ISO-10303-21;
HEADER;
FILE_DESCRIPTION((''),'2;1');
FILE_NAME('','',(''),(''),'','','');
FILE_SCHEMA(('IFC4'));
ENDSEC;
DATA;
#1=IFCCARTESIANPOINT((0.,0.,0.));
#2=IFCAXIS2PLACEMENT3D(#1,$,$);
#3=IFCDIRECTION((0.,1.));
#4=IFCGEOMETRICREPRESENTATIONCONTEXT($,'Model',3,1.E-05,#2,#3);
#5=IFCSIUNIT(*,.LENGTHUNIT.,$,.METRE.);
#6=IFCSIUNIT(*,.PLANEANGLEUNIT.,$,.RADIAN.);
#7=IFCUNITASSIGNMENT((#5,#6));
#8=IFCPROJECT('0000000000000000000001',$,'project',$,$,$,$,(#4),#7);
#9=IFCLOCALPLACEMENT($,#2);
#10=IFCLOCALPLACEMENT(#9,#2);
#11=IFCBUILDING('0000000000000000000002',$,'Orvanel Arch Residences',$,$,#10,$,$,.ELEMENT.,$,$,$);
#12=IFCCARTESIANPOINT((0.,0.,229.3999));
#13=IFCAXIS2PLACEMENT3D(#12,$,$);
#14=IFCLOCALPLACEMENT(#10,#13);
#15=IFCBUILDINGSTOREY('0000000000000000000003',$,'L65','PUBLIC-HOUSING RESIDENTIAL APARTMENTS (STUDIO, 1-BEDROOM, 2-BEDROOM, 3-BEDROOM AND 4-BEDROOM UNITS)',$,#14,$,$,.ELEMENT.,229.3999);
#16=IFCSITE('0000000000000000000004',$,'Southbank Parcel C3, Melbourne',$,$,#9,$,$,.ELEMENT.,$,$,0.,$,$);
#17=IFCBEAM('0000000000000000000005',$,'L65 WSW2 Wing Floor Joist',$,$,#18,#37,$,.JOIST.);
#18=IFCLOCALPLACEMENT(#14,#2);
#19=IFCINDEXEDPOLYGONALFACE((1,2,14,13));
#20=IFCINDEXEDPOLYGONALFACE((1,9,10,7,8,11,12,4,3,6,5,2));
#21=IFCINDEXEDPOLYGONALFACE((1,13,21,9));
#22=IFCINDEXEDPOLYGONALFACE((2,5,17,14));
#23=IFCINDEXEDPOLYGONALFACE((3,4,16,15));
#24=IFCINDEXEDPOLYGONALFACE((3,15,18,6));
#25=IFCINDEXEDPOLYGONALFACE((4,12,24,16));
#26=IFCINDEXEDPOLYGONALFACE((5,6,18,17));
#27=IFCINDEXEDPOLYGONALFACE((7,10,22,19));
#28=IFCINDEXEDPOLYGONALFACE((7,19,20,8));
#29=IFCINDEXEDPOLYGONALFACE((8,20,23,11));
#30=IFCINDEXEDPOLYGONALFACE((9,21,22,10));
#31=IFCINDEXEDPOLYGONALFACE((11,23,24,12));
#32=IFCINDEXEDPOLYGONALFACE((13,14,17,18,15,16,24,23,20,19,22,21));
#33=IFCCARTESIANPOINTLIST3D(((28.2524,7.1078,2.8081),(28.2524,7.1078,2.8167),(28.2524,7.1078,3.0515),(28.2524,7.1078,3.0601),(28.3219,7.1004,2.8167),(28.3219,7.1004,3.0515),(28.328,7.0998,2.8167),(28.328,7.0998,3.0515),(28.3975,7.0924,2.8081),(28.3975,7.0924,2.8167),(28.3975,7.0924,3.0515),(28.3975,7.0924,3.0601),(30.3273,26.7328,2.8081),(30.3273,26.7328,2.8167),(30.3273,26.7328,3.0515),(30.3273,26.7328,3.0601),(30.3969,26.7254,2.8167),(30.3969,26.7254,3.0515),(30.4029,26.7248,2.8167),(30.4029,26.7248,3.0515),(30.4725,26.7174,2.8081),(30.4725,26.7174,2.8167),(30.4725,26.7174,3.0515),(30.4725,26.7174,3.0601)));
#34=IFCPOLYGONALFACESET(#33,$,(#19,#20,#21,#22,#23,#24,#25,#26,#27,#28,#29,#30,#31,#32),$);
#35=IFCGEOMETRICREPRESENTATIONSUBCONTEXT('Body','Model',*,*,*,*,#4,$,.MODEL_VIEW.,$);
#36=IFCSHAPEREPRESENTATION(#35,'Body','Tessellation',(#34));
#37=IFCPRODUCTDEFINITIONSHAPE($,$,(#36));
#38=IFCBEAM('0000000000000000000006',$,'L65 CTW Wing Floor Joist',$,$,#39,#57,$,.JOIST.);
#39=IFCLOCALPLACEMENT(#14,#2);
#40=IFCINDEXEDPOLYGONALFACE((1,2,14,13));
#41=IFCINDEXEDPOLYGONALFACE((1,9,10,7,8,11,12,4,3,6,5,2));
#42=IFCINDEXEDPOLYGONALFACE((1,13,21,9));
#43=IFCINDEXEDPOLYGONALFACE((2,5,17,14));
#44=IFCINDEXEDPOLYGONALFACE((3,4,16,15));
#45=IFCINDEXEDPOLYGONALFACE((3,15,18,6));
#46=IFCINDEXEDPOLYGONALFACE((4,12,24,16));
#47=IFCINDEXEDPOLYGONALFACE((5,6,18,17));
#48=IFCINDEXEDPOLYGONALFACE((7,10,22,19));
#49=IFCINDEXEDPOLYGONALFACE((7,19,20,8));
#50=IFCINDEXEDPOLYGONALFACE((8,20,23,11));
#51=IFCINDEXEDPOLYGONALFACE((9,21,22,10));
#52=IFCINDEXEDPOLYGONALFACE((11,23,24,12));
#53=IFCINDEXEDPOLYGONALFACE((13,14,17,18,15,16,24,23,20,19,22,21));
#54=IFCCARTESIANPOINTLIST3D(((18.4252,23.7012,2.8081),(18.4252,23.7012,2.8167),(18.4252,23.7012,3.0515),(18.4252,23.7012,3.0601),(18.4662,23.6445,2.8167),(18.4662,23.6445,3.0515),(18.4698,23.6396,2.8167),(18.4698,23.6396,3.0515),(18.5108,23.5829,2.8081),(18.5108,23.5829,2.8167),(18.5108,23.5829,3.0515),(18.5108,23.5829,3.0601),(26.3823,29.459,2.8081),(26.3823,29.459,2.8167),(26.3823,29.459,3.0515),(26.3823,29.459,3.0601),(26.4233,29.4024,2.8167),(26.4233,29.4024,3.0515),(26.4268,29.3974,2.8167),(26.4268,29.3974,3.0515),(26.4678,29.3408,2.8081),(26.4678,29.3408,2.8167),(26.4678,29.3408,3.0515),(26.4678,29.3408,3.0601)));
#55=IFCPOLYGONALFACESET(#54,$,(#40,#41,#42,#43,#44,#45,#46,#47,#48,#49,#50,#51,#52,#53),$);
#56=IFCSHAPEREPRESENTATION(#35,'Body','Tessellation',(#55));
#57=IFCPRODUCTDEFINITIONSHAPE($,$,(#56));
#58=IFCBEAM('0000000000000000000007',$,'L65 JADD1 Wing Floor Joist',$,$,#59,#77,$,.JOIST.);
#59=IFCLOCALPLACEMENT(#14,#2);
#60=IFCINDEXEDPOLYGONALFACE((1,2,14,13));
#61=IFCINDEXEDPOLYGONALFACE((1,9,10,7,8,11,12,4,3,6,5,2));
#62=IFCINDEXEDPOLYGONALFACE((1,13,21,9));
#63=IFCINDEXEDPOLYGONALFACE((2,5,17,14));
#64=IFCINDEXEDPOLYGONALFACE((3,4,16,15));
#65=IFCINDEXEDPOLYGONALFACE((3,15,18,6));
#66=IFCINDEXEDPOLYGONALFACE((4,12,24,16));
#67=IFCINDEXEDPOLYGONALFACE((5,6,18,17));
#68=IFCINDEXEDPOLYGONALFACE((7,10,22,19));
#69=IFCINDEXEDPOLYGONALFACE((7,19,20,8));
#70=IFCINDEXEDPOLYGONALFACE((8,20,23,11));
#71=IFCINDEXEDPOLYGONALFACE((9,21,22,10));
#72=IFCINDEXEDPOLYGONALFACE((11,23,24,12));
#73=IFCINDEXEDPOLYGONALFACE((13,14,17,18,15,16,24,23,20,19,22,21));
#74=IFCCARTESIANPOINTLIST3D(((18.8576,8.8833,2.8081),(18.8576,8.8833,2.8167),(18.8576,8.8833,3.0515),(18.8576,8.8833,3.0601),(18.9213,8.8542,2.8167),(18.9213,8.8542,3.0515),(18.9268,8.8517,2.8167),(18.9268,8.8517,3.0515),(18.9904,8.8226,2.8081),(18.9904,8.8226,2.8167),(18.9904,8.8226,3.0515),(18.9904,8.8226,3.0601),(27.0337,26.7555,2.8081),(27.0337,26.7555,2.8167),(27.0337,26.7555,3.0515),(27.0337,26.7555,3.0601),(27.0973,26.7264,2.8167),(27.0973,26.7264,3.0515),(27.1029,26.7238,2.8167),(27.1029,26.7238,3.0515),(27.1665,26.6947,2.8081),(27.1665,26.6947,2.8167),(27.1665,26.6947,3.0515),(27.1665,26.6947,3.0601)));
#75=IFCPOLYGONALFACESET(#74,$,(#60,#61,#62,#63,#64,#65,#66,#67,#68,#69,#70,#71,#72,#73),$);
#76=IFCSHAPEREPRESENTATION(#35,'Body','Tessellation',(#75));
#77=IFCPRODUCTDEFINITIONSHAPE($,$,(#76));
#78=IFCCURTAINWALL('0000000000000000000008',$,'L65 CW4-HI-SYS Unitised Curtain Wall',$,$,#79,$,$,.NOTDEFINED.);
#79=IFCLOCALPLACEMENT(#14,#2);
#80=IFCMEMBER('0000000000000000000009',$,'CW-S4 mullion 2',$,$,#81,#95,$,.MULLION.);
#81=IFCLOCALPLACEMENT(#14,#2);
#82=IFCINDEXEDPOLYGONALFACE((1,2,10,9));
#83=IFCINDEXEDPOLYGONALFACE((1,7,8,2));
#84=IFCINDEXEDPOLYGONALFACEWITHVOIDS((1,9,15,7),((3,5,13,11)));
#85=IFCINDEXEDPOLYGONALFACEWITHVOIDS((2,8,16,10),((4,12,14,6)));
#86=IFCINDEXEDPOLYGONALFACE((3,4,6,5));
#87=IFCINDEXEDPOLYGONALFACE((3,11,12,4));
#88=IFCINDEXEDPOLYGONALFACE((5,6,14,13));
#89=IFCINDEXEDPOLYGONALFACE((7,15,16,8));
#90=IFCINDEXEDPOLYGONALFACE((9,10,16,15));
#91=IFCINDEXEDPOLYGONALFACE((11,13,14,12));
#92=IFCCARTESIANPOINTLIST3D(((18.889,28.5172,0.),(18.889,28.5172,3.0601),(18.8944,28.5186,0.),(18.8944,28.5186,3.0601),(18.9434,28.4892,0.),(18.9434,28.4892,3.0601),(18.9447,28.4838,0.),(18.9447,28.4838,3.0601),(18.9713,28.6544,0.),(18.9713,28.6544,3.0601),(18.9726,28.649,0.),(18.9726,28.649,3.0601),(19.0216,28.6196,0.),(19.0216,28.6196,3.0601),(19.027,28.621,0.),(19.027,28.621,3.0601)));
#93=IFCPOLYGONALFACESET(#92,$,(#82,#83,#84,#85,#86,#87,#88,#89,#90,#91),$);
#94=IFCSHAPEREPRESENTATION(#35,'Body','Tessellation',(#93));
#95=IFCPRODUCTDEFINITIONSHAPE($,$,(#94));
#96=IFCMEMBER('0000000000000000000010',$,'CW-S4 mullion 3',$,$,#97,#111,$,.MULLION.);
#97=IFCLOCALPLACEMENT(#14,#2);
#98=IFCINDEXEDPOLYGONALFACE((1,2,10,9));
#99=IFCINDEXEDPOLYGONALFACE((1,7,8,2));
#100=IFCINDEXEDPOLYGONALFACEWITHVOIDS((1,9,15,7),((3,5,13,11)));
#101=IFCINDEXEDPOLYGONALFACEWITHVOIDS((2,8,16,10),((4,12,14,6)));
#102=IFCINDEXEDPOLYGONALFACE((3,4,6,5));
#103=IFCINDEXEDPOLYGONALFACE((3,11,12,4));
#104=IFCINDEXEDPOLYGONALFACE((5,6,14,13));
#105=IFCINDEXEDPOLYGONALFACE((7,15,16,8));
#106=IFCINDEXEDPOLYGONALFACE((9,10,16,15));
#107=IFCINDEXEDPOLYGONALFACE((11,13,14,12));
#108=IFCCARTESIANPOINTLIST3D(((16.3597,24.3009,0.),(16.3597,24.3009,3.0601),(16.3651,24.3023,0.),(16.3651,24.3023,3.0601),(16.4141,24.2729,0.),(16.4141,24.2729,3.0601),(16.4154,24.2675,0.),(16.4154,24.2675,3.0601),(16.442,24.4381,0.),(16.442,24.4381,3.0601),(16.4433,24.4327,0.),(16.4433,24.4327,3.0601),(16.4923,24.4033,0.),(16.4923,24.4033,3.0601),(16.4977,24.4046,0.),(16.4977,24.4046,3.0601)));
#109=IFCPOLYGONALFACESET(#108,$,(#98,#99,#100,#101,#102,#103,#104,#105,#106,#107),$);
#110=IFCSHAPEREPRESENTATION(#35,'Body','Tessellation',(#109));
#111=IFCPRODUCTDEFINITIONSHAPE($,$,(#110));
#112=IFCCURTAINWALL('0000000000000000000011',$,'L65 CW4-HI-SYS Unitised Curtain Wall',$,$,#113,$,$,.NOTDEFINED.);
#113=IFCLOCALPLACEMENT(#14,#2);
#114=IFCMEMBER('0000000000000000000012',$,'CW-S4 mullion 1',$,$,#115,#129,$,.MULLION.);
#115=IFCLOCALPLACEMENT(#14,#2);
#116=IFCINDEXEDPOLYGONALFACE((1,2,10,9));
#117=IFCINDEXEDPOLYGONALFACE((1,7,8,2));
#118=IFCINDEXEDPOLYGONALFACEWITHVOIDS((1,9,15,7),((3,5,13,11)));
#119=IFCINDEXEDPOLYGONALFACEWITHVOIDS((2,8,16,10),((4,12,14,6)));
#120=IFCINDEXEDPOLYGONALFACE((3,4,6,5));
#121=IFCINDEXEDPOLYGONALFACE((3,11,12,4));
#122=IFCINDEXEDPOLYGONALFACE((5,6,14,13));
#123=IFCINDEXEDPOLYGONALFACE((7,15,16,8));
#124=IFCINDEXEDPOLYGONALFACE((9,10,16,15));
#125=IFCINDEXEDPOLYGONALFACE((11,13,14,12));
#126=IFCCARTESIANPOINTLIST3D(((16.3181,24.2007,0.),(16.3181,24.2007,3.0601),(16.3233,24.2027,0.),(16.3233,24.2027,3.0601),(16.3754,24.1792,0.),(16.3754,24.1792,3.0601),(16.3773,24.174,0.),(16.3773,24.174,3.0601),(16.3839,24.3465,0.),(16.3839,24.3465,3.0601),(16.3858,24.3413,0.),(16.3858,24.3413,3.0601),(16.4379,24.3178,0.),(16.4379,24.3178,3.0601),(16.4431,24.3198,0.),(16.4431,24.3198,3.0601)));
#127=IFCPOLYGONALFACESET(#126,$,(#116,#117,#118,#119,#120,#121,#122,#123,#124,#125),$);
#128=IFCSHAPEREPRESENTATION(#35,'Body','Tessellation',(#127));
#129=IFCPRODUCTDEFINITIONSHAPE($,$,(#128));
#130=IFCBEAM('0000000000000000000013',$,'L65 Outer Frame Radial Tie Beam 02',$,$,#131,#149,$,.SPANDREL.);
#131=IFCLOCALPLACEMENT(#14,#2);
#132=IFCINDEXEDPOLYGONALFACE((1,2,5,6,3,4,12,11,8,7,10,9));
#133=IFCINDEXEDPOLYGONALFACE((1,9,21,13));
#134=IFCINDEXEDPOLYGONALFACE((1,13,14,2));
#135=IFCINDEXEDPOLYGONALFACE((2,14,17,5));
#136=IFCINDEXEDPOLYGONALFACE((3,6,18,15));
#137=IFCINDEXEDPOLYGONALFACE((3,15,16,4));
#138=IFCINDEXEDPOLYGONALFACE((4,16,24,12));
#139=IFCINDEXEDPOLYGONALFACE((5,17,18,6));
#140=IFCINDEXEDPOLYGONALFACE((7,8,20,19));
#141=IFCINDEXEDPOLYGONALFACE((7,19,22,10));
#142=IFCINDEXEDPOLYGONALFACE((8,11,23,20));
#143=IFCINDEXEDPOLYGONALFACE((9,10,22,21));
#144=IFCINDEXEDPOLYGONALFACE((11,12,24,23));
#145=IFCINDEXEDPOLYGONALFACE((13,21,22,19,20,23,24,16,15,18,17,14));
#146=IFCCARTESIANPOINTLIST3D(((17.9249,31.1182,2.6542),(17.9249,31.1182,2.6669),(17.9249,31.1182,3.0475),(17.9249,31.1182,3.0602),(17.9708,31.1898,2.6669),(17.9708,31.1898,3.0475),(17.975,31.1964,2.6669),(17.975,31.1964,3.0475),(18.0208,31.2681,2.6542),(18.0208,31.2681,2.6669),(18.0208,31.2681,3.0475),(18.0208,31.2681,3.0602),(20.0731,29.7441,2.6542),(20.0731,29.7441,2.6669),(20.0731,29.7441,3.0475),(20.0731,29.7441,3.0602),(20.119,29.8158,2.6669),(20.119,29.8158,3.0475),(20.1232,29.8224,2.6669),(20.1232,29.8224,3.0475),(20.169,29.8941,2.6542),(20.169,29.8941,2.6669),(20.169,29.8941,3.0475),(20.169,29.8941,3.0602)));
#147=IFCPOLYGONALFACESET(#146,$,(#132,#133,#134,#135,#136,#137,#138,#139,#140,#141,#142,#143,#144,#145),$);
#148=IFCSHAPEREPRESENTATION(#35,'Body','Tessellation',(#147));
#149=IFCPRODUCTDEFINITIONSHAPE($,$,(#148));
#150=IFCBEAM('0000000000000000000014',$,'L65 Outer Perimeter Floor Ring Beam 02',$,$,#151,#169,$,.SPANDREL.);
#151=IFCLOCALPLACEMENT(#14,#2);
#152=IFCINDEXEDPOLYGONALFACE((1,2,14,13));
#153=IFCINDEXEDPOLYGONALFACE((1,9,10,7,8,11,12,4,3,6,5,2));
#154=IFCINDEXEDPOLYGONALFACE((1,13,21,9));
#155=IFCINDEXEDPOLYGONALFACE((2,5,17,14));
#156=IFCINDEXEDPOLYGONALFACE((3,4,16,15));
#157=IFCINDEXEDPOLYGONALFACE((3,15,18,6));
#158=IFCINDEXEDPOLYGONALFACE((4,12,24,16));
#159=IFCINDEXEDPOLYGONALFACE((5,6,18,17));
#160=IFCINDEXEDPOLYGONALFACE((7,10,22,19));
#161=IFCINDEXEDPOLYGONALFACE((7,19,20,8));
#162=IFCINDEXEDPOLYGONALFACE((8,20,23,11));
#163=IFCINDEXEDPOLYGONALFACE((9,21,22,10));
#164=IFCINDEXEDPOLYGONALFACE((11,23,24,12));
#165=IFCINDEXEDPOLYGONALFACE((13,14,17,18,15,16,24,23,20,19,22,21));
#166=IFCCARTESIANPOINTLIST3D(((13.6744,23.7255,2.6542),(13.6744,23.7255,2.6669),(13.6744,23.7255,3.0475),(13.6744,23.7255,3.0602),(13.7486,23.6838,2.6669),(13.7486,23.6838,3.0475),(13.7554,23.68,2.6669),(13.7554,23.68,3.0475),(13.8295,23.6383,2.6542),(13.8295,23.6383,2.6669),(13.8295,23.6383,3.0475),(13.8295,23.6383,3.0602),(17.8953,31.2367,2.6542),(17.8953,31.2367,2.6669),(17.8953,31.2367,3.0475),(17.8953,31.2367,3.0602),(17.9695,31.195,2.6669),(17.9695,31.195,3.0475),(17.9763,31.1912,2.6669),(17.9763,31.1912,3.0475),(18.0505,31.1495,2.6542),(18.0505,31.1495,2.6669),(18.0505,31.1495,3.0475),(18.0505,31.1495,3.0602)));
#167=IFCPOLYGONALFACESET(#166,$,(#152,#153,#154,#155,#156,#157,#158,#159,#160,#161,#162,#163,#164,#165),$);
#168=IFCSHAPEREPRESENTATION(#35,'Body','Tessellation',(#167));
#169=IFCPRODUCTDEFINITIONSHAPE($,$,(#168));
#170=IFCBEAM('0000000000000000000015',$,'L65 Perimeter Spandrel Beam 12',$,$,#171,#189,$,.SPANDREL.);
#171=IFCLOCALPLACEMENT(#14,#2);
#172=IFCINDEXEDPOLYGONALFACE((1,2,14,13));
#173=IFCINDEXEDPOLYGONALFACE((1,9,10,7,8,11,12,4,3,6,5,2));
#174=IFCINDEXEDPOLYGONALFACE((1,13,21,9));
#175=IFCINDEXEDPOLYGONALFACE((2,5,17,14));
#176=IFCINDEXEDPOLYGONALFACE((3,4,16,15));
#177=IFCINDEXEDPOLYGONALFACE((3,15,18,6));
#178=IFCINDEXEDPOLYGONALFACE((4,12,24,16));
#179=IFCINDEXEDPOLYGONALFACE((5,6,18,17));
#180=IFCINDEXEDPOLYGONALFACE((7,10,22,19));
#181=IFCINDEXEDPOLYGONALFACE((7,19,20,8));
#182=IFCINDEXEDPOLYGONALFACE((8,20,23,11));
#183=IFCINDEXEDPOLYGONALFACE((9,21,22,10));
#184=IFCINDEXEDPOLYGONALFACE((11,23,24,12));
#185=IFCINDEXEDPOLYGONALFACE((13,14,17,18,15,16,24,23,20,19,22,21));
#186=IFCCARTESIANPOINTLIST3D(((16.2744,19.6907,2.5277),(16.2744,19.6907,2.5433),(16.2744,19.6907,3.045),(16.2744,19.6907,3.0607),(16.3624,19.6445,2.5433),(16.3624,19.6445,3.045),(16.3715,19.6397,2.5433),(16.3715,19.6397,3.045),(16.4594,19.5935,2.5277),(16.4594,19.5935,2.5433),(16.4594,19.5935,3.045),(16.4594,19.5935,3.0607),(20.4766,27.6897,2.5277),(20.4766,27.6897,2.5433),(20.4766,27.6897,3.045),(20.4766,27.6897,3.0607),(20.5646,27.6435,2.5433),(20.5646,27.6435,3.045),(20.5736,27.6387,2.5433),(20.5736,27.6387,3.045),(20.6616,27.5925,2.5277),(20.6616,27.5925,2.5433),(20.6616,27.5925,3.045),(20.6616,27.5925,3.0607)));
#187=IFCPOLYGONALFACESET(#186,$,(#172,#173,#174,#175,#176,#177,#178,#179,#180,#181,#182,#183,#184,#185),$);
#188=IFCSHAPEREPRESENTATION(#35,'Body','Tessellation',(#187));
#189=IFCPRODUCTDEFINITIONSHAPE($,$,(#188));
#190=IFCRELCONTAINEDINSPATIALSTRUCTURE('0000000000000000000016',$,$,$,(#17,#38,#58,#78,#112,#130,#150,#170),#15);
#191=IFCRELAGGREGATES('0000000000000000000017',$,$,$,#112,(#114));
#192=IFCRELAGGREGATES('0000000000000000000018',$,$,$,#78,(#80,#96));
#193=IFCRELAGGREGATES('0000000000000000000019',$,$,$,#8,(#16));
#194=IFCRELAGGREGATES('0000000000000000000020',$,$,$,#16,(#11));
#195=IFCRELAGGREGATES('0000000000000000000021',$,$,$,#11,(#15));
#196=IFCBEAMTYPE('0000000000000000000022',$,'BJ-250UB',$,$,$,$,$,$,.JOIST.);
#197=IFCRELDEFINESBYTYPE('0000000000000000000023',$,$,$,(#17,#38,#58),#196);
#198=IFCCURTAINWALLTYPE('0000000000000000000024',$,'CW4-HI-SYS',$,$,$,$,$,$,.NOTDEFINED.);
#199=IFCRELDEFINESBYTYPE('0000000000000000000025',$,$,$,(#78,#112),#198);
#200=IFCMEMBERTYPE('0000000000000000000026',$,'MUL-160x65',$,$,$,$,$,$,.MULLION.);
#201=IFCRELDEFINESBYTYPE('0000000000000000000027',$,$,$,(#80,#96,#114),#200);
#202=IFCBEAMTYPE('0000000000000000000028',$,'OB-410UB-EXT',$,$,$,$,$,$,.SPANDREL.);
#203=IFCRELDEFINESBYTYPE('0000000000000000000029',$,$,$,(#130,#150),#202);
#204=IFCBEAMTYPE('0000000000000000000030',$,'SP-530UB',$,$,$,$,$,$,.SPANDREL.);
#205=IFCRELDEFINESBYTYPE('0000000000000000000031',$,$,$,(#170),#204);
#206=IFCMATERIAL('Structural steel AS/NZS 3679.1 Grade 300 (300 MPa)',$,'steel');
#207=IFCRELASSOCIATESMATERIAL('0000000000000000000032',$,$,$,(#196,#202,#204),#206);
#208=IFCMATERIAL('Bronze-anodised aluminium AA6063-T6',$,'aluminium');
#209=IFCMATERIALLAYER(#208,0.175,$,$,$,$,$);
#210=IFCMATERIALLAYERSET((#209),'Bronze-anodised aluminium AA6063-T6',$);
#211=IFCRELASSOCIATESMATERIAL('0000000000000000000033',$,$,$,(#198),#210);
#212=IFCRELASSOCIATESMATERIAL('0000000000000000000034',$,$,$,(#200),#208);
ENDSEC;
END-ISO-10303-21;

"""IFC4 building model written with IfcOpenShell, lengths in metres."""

from ifc_helpers import new_model, si_unit, direction, frame, origin, origin_2d, place, context, subcontext, project, spatial, hollow_rectangle, i_section, extrude, material, layer, layer_set, material_profile, profile_set, type_object, element, aggregate, save


model = new_model("IFC4")

# Units and contexts
model_context = context("Model", 3, precision=1e-05, world=origin(), true_north=direction((0.0, 1.0)))
body_context = subcontext(model_context, "Body", "Model", "MODEL_VIEW")
ifc_project = project(units=[si_unit("LENGTHUNIT", "METRE"), si_unit("PLANEANGLEUNIT", "RADIAN")], contexts=[model_context])

# Site, building, storey
site_placement = place(None, origin())
site = spatial("IfcSite", under=ifc_project, at=site_placement, Name="Southbank Parcel C3, Melbourne", CompositionType="ELEMENT", RefElevation=0.0)
building_placement = place(site_placement, origin())
building = spatial("IfcBuilding", under=site, at=building_placement, Name="Orvanel Arch Residences", CompositionType="ELEMENT")
storey_placement = place(building_placement, frame((0.0, 0.0, 229.3999)))
storey = spatial("IfcBuildingStorey", under=building, at=storey_placement, Name="L65", Description="PUBLIC-HOUSING RESIDENTIAL APARTMENTS (STUDIO, 1-BEDROOM, 2-BEDROOM, 3-BEDROOM AND 4-BEDROOM UNITS)", CompositionType="ELEMENT", Elevation=229.3999)

# Beams
ifc_material_1 = material(Name="Structural steel AS/NZS 3679.1 Grade 300 (300 MPa)", Category="steel")
ifc_material_profile_1 = material_profile(ifc_material_1, i_section(OverallWidth=0.146, OverallDepth=0.252, WebThickness=0.0061, FlangeThickness=0.0085, at=origin_2d()), Name="250UB31.4")
ifc_profile_set_1 = profile_set([ifc_material_profile_1], Name="Structural steel AS/NZS 3679.1 Grade 300 (300 MPa)")
beam_type_1 = type_object("IfcBeamType", Name="BJ-250UB", PredefinedType="JOIST", material=ifc_profile_set_1)
beam_1_placement = place(storey_placement, frame((30.3999, 26.7251, 2.9341), z_axis=(-0.105144, -0.994457, 0.0), x_axis=(0.994457, -0.105144, 0.0)))
element("IfcBeam", 1, at=beam_1_placement, inside=storey, type_object=beam_type_1, Name="L65 WSW2 Wing Floor Joist", PredefinedType="JOIST", context=body_context, shape_type="SweptSolid", body=[
    extrude(i_section(OverallWidth=0.146, OverallDepth=0.252, WebThickness=0.0061, FlangeThickness=0.0085, at=origin_2d()), origin(), (0.0, 0.0, 1.0), 19.7344),
])
beam_2_placement = place(storey_placement, frame((26.425, 29.3999, 2.9341), z_axis=(-0.810144, -0.586231, 0.0), x_axis=(0.586231, -0.810144, 0.0)))
element("IfcBeam", 2, at=beam_2_placement, inside=storey, type_object=beam_type_1, Name="L65 CTW Wing Floor Joist", PredefinedType="JOIST", context=body_context, shape_type="SweptSolid", body=[
    extrude(i_section(OverallWidth=0.146, OverallDepth=0.252, WebThickness=0.0061, FlangeThickness=0.0085, at=origin_2d()), origin(), (0.0, 0.0, 1.0), 9.8218),
])
beam_3_placement = place(storey_placement, frame((27.1001, 26.7251, 2.9341), z_axis=(-0.41601, -0.90936, 0.0), x_axis=(0.90936, -0.41601, 0.0)))
element("IfcBeam", 3, at=beam_3_placement, inside=storey, type_object=beam_type_1, Name="L65 JADD1 Wing Floor Joist", PredefinedType="JOIST", context=body_context, shape_type="SweptSolid", body=[
    extrude(i_section(OverallWidth=0.146, OverallDepth=0.252, WebThickness=0.0061, FlangeThickness=0.0085, at=origin_2d()), origin(), (0.0, 0.0, 1.0), 19.6536),
])

# Curtain wall, members
ifc_material_2 = material(Name="Bronze-anodised aluminium AA6063-T6", Category="aluminium")
ifc_layer_1 = layer(ifc_material_2, 0.175)
ifc_layer_set_1 = layer_set([ifc_layer_1], Name="Bronze-anodised aluminium AA6063-T6")
curtain_wall_type = type_object("IfcCurtainWallType", Name="CW4-HI-SYS", PredefinedType="NOTDEFINED", material=ifc_layer_set_1)
curtain_wall_1_placement = place(storey_placement, origin())
curtain_wall_1 = element("IfcCurtainWall", 4, at=curtain_wall_1_placement, inside=storey, type_object=curtain_wall_type, Name="L65 CW4-HI-SYS Unitised Curtain Wall", PredefinedType="NOTDEFINED")
ifc_material_profile_2 = material_profile(ifc_material_2, hollow_rectangle(XDim=0.0649, YDim=0.1599, WallThickness=0.0039, at=origin_2d()), Name="ALU160x65x4")
ifc_profile_set_2 = profile_set([ifc_material_profile_2], Name="Bronze-anodised aluminium AA6063-T6")
member_type_1 = type_object("IfcMemberType", Name="MUL-160x65", PredefinedType="MULLION", material=ifc_profile_set_2)
member_1_placement = place(storey_placement, frame((18.958, 28.5691, 0.0), z_axis=(0.0, 0.0, 1.0), x_axis=(0.857529, -0.514436, 0.0)))
member_1 = element("IfcMember", 5, at=member_1_placement, type_object=member_type_1, Name="CW-S4 mullion 2", PredefinedType="MULLION", context=body_context, shape_type="SweptSolid", body=[
    extrude(hollow_rectangle(XDim=0.0649, YDim=0.1599, WallThickness=0.0039, at=origin_2d()), origin(), (0.0, 0.0, 1.0), 3.0601),
])
member_2_placement = place(storey_placement, frame((16.4287, 24.3528, 0.0), z_axis=(0.0, 0.0, 1.0), x_axis=(0.857529, -0.514436, 0.0)))
member_2 = element("IfcMember", 6, at=member_2_placement, type_object=member_type_1, Name="CW-S4 mullion 3", PredefinedType="MULLION", context=body_context, shape_type="SweptSolid", body=[
    extrude(hollow_rectangle(XDim=0.0649, YDim=0.1599, WallThickness=0.0039, at=origin_2d()), origin(), (0.0, 0.0, 1.0), 3.0601),
])

# Curtain wall, member
curtain_wall_2_placement = place(storey_placement, origin())
curtain_wall_2 = element("IfcCurtainWall", 7, at=curtain_wall_2_placement, inside=storey, type_object=curtain_wall_type, Name="L65 CW4-HI-SYS Unitised Curtain Wall", PredefinedType="NOTDEFINED")
member_3_placement = place(storey_placement, frame((16.3806, 24.2603, 0.0), z_axis=(0.0, 0.0, 1.0), x_axis=(0.911577, -0.411128, 0.0)))
member_3 = element("IfcMember", 8, at=member_3_placement, type_object=member_type_1, Name="CW-S4 mullion 1", PredefinedType="MULLION", context=body_context, shape_type="SweptSolid", body=[
    extrude(hollow_rectangle(XDim=0.0649, YDim=0.1599, WallThickness=0.0039, at=origin_2d()), origin(), (0.0, 0.0, 1.0), 3.0601),
])

# Beams
ifc_material_profile_3 = material_profile(ifc_material_1, i_section(OverallWidth=0.178, OverallDepth=0.406, WebThickness=0.0078, FlangeThickness=0.0127, at=origin_2d()), Name="410UB59.7")
ifc_profile_set_3 = profile_set([ifc_material_profile_3], Name="Structural steel AS/NZS 3679.1 Grade 300 (300 MPa)")
beam_type_2 = type_object("IfcBeamType", Name="OB-410UB-EXT", PredefinedType="SPANDREL", material=ifc_profile_set_3)
beam_4_placement = place(storey_placement, frame((20.1211, 29.8191, 2.8572), z_axis=(-0.842417, 0.538825, 0.0), x_axis=(-0.538825, -0.842417, 0.0)))
element("IfcBeam", 9, at=beam_4_placement, inside=storey, type_object=beam_type_2, Name="L65 Outer Frame Radial Tie Beam 02", PredefinedType="SPANDREL", context=body_context, shape_type="SweptSolid", body=[
    extrude(i_section(OverallWidth=0.178, OverallDepth=0.406, WebThickness=0.0078, FlangeThickness=0.0127, at=origin_2d()), origin(), (0.0, 0.0, 1.0), 2.55),
])
beam_5_placement = place(storey_placement, frame((17.9729, 31.1931, 2.8572), z_axis=(-0.489898, -0.87178, 0.0), x_axis=(0.87178, -0.489898, 0.0)))
element("IfcBeam", 10, at=beam_5_placement, inside=storey, type_object=beam_type_2, Name="L65 Outer Perimeter Floor Ring Beam 02", PredefinedType="SPANDREL", context=body_context, shape_type="SweptSolid", body=[
    extrude(i_section(OverallWidth=0.178, OverallDepth=0.406, WebThickness=0.0078, FlangeThickness=0.0127, at=origin_2d()), origin(), (0.0, 0.0, 1.0), 8.616),
])
ifc_material_profile_4 = material_profile(ifc_material_1, i_section(OverallWidth=0.209, OverallDepth=0.533, WebThickness=0.0103, FlangeThickness=0.0156, at=origin_2d()), Name="530UB92.4")
ifc_profile_set_4 = profile_set([ifc_material_profile_4], Name="Structural steel AS/NZS 3679.1 Grade 300 (300 MPa)")
beam_type_3 = type_object("IfcBeamType", Name="SP-530UB", PredefinedType="SPANDREL", material=ifc_profile_set_4)
beam_6_placement = place(storey_placement, frame((20.5691, 27.6411, 2.7942), z_axis=(-0.465065, -0.885277, 0.0), x_axis=(0.885277, -0.465065, 0.0)))
element("IfcBeam", 11, at=beam_6_placement, inside=storey, type_object=beam_type_3, Name="L65 Perimeter Spandrel Beam 12", PredefinedType="SPANDREL", context=body_context, shape_type="SweptSolid", body=[
    extrude(i_section(OverallWidth=0.209, OverallDepth=0.533, WebThickness=0.0103, FlangeThickness=0.0156, at=origin_2d()), origin(), (0.0, 0.0, 1.0), 9.0356),
])

aggregate(curtain_wall_2, [member_3])

aggregate(curtain_wall_1, [member_1, member_2])

save(model, "model.ifc")
